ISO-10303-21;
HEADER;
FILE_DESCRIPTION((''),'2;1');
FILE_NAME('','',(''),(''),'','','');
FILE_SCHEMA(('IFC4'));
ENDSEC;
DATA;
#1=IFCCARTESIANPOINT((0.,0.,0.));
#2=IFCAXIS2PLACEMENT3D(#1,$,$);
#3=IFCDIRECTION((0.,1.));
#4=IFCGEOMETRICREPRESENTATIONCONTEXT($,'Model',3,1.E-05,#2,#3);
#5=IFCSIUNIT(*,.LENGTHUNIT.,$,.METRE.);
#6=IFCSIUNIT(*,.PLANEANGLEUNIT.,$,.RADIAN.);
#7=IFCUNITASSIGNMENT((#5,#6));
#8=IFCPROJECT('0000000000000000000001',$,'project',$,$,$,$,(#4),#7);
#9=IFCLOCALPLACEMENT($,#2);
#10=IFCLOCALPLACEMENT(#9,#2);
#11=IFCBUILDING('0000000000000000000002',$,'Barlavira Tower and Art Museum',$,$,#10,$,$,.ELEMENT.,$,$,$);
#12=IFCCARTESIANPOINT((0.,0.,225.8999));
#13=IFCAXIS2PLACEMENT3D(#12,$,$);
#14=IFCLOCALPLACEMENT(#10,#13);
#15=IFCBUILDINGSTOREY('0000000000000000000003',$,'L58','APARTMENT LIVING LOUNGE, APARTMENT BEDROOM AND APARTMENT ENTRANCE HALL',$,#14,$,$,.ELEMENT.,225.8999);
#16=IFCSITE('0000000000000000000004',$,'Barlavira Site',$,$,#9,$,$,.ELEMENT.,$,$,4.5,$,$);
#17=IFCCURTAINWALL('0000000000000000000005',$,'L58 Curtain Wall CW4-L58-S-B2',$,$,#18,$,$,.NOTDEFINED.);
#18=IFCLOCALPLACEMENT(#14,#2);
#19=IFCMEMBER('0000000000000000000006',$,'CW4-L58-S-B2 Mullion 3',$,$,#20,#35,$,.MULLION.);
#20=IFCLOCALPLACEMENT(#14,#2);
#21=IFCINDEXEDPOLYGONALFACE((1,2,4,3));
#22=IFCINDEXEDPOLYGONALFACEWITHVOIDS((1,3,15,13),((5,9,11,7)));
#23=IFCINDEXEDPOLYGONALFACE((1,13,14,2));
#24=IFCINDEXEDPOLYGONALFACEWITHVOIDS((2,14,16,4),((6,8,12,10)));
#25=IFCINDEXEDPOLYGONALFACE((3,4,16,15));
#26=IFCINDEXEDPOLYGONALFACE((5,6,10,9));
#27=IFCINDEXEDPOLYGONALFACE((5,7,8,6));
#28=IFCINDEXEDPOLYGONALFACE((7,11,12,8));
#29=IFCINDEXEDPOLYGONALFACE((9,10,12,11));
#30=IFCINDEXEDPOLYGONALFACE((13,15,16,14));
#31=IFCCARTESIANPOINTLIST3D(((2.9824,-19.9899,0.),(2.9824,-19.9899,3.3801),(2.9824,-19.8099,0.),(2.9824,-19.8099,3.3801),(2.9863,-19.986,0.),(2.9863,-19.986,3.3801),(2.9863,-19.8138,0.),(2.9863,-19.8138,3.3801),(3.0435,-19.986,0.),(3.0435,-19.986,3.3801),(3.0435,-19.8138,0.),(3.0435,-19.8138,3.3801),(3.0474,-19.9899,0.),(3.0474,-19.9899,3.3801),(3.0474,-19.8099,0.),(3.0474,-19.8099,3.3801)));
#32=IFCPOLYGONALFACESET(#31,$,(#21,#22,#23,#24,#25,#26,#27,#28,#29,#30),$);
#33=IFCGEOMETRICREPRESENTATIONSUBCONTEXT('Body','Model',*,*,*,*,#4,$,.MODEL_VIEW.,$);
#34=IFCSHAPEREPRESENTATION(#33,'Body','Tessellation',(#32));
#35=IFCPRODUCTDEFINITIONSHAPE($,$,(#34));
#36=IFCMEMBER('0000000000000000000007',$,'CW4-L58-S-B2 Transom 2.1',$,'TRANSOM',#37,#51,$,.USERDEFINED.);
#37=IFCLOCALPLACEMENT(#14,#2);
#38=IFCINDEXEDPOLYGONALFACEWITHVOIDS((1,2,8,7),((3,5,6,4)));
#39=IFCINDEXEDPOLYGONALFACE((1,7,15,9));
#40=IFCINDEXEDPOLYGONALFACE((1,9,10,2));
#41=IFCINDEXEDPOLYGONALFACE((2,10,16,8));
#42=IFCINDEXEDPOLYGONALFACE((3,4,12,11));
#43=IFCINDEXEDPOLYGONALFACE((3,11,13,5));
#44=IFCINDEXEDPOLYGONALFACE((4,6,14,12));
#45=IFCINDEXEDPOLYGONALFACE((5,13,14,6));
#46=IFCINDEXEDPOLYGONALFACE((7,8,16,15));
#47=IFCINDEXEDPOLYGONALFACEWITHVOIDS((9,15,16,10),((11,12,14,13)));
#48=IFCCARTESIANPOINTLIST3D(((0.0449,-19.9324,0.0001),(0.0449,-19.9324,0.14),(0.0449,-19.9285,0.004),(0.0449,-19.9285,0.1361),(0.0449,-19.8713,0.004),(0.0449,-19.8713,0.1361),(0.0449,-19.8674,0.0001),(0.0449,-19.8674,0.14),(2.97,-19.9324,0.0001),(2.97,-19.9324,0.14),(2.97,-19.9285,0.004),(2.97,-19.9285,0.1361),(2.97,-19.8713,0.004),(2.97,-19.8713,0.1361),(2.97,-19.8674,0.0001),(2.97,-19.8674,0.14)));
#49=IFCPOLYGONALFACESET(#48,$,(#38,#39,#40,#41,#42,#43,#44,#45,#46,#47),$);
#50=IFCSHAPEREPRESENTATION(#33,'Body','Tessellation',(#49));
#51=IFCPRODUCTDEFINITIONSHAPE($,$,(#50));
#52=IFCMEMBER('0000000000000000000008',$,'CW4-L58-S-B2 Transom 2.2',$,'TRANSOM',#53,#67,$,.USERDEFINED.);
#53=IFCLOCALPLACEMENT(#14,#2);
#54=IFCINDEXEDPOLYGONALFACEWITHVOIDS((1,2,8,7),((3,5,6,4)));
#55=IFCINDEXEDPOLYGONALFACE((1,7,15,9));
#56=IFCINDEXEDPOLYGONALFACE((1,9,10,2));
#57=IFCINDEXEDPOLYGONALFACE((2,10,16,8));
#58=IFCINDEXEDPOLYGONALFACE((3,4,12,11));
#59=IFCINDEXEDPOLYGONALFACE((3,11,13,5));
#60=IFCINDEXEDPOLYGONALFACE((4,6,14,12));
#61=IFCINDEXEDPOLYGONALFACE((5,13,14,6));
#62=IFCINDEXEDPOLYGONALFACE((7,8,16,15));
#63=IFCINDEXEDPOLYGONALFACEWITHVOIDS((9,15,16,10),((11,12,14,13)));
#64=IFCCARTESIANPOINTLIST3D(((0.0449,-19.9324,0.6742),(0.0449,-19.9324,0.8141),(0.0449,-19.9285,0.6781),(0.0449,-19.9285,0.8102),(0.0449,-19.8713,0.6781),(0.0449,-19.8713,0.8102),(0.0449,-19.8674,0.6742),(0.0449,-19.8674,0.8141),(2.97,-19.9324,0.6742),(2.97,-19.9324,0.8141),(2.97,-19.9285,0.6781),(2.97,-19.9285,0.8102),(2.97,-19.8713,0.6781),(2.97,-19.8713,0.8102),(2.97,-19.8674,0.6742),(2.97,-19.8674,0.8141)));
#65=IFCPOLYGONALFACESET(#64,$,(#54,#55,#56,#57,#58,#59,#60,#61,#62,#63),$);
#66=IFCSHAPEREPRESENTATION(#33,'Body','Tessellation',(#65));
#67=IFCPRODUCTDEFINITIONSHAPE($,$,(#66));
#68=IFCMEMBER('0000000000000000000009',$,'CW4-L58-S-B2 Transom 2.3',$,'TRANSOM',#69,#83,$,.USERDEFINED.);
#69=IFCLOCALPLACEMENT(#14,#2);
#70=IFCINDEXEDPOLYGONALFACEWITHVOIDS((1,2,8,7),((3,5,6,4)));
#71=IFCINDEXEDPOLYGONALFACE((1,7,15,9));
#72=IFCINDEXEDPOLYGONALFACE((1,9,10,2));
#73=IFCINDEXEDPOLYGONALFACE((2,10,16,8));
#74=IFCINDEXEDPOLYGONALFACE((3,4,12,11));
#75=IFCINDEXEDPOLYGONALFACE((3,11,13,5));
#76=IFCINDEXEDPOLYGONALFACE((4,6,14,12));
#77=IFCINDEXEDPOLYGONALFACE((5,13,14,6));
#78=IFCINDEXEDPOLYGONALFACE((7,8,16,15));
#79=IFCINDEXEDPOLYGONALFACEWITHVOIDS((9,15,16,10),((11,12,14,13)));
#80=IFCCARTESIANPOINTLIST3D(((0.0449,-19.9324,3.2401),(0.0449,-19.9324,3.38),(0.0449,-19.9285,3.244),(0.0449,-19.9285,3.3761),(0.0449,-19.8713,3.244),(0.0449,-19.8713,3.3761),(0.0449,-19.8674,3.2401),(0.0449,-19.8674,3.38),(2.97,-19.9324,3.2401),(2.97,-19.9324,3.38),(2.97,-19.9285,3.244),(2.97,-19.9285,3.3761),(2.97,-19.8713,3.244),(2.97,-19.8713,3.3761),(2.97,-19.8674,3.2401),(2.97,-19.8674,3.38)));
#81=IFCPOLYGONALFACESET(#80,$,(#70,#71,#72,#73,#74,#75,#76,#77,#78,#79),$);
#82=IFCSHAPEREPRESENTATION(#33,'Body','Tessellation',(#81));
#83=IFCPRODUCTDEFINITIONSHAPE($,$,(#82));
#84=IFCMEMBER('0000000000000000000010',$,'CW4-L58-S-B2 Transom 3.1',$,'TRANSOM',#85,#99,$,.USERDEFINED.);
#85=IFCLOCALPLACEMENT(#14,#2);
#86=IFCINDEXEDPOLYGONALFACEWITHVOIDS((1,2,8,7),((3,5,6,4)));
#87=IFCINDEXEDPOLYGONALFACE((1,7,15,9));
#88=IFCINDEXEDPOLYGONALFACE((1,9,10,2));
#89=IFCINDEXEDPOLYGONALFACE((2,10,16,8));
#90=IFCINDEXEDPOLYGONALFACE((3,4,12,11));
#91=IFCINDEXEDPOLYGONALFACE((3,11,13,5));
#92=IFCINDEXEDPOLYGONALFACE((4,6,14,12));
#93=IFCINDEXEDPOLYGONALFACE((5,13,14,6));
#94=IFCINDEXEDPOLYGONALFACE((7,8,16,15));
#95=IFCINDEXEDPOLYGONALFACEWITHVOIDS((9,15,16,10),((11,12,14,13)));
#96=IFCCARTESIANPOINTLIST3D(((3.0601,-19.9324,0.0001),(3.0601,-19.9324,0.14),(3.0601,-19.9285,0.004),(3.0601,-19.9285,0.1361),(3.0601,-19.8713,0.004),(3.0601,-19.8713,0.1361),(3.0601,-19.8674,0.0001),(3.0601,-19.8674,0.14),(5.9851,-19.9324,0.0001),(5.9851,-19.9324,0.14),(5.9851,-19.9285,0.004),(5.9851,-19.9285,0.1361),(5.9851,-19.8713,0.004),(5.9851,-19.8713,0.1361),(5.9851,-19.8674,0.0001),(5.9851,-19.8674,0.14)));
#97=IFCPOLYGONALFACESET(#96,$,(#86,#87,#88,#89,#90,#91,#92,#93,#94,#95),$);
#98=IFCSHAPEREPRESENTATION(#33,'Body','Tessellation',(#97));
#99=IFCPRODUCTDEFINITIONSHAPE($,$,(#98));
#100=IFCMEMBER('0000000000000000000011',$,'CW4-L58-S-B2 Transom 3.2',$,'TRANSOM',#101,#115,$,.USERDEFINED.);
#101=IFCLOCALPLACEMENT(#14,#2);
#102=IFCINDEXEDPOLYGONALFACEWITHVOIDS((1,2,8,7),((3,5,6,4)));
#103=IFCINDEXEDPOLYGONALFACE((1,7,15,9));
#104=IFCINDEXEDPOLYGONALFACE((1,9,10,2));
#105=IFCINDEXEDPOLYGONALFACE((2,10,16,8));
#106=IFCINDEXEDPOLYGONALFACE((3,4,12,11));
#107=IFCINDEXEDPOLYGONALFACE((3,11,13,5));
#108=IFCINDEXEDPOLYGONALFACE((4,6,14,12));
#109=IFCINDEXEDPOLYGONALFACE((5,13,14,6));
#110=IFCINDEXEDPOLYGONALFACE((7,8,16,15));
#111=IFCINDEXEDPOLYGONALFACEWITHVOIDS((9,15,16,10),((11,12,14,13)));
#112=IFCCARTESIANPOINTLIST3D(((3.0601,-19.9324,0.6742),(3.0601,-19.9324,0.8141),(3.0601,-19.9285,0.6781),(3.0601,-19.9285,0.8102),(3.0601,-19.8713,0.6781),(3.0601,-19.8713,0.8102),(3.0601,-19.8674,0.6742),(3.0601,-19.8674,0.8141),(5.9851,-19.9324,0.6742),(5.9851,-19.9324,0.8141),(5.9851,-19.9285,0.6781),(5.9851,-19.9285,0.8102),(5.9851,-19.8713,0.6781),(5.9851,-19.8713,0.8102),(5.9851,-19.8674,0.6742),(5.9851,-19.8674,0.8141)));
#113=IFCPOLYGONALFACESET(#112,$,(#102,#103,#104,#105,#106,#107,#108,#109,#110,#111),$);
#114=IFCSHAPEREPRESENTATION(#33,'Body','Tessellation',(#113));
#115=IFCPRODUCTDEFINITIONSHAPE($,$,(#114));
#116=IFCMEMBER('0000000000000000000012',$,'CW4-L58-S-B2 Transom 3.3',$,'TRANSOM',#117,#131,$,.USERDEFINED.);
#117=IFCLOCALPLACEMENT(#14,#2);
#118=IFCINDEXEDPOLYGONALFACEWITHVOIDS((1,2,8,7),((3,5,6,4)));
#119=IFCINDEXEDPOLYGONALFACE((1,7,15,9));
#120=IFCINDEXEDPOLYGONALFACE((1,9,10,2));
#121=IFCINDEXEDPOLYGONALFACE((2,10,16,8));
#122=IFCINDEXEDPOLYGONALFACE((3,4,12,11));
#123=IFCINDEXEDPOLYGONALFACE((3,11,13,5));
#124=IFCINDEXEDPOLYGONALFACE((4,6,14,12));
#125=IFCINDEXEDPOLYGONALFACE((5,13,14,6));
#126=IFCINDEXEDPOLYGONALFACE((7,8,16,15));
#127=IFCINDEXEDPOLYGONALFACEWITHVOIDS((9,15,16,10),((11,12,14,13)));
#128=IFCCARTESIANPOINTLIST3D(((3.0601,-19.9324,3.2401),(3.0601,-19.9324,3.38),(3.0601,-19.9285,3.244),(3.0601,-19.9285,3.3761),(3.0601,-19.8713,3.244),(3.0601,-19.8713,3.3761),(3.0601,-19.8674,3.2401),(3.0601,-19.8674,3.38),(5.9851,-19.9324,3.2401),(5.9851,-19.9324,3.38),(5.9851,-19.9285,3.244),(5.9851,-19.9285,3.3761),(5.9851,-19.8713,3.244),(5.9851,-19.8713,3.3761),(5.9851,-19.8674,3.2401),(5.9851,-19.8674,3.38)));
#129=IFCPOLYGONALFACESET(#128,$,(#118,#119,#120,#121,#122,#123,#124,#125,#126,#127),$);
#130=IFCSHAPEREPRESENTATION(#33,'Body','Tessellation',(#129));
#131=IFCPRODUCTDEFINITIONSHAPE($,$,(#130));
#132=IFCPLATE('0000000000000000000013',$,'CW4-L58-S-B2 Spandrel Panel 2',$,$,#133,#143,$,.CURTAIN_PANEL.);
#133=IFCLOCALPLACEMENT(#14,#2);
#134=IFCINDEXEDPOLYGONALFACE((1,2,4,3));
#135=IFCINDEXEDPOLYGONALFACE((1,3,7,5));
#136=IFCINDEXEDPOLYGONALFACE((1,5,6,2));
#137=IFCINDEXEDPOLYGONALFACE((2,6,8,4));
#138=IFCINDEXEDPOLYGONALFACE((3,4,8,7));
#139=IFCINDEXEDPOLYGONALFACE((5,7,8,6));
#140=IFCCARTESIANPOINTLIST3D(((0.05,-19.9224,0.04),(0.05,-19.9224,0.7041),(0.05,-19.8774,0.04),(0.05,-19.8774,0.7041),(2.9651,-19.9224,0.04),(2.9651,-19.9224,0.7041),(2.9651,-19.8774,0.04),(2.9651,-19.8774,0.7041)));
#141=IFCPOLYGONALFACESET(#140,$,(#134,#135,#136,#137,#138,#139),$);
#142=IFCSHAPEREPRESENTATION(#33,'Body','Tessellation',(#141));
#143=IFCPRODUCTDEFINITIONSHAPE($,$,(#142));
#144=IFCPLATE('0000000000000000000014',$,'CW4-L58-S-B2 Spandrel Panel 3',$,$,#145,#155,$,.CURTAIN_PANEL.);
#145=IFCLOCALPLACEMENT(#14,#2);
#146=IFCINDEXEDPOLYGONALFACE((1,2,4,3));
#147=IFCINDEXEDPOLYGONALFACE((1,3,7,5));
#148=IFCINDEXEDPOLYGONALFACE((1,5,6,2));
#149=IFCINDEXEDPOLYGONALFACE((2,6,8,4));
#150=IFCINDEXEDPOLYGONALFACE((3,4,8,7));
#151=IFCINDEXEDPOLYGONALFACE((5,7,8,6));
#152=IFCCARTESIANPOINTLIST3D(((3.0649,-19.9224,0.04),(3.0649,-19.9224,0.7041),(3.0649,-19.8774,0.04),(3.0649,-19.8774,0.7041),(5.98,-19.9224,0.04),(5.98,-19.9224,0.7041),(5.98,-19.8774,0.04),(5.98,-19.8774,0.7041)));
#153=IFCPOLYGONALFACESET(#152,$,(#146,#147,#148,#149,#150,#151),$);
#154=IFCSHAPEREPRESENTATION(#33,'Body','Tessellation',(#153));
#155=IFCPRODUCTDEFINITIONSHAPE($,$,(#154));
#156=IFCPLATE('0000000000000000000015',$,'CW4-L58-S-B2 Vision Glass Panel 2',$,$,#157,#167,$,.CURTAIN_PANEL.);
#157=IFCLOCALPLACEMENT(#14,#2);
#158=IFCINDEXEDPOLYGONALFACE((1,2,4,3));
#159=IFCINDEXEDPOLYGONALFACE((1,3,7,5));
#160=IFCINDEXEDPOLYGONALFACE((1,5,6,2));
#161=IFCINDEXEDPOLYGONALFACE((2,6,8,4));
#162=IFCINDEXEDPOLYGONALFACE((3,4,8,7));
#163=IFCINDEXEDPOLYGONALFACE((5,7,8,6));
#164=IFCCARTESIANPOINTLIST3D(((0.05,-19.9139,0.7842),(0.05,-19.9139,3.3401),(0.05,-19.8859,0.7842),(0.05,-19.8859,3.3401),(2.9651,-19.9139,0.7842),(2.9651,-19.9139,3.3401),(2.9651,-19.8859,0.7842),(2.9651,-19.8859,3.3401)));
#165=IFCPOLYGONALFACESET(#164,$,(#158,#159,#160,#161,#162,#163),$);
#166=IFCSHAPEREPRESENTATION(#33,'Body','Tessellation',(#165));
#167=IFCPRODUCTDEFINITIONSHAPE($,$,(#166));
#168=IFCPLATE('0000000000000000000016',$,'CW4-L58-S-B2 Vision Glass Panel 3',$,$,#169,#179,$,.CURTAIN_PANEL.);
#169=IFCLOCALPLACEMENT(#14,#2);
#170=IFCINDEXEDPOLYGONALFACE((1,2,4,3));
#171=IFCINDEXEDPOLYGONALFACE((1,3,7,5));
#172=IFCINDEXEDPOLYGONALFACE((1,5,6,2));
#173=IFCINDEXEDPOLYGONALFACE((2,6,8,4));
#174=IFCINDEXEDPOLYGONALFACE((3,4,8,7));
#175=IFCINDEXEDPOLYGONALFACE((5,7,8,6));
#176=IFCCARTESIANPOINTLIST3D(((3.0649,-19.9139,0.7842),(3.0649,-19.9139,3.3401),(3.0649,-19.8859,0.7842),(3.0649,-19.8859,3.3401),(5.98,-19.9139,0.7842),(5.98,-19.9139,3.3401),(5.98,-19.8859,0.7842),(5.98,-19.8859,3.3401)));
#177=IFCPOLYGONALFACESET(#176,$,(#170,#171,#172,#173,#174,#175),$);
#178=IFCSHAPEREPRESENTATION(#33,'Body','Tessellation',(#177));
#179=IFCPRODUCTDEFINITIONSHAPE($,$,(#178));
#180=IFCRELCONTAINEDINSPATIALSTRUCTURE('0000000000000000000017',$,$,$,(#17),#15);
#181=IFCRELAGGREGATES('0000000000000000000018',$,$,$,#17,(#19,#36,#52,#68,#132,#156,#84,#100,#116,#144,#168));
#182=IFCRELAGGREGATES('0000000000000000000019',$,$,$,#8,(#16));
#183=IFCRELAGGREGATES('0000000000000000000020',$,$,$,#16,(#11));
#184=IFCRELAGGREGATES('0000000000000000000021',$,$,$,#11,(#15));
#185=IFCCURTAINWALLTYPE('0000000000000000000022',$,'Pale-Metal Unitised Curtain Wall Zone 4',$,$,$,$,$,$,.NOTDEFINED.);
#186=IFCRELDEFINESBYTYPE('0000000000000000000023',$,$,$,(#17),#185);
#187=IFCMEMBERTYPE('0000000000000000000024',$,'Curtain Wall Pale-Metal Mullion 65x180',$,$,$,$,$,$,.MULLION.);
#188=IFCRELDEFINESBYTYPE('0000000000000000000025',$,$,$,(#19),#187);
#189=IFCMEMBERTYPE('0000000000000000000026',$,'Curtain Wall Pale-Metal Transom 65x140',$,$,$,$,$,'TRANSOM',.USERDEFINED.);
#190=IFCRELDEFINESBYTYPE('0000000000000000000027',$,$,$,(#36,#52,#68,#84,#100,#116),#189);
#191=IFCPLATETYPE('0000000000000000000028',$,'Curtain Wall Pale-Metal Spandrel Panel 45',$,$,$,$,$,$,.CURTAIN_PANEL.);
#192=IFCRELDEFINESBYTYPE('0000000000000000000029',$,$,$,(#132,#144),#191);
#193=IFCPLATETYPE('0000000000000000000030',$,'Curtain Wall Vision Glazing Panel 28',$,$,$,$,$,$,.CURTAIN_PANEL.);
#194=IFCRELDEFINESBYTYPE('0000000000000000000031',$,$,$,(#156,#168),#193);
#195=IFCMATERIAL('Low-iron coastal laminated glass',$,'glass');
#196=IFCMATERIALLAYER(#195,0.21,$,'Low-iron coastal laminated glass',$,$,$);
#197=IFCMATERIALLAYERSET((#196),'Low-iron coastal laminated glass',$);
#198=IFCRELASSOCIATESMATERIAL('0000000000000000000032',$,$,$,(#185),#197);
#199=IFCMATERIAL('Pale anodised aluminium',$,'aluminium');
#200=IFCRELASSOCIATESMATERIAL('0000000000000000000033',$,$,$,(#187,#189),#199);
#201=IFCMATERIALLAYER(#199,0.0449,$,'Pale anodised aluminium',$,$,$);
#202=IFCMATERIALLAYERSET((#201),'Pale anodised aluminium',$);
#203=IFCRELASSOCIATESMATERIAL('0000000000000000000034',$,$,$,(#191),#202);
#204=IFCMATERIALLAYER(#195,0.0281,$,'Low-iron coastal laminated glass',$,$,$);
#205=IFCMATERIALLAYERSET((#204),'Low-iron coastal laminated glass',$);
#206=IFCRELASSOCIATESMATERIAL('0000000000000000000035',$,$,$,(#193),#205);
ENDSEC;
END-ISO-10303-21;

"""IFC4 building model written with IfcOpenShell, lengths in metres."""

from ifc_helpers import new_model, si_unit, direction, frame, origin, origin_2d, place, context, subcontext, project, spatial, rectangle, hollow_rectangle, extrude, material, layer, layer_set, material_profile, profile_set, type_object, element, aggregate, save


model = new_model("IFC4")

# Units and contexts
model_context = context("Model", 3, precision=1e-05, world=origin(), true_north=direction((0.0, 1.0)))
body_context = subcontext(model_context, "Body", "Model", "MODEL_VIEW")
ifc_project = project(units=[si_unit("LENGTHUNIT", "METRE"), si_unit("PLANEANGLEUNIT", "RADIAN")], contexts=[model_context])

# Site, building, storey
site_placement = place(None, origin())
site = spatial("IfcSite", under=ifc_project, at=site_placement, Name="Barlavira Site", CompositionType="ELEMENT", RefElevation=4.5)
building_placement = place(site_placement, origin())
building = spatial("IfcBuilding", under=site, at=building_placement, Name="Barlavira Tower and Art Museum", CompositionType="ELEMENT")
storey_placement = place(building_placement, frame((0.0, 0.0, 225.8999)))
storey = spatial("IfcBuildingStorey", under=building, at=storey_placement, Name="L58", Description="APARTMENT LIVING LOUNGE, APARTMENT BEDROOM AND APARTMENT ENTRANCE HALL", CompositionType="ELEMENT", Elevation=225.8999)

# Curtain wall, members, plates
ifc_material_1 = material(Name="Low-iron coastal laminated glass", Category="glass")
ifc_layer_1 = layer(ifc_material_1, 0.21, Name="Low-iron coastal laminated glass")
ifc_layer_set_1 = layer_set([ifc_layer_1], Name="Low-iron coastal laminated glass")
curtain_wall_type = type_object("IfcCurtainWallType", Name="Pale-Metal Unitised Curtain Wall Zone 4", PredefinedType="NOTDEFINED", material=ifc_layer_set_1)
curtain_wall_placement = place(storey_placement, origin())
curtain_wall = element("IfcCurtainWall", 1, at=curtain_wall_placement, inside=storey, type_object=curtain_wall_type, Name="L58 Curtain Wall CW4-L58-S-B2", PredefinedType="NOTDEFINED")
ifc_material_2 = material(Name="Pale anodised aluminium", Category="aluminium")
ifc_material_profile_1 = material_profile(ifc_material_2, hollow_rectangle(XDim=0.0649, YDim=0.1799, WallThickness=0.0039, at=origin_2d()), Name="ALU-MULL 65x180x4")
ifc_profile_set_1 = profile_set([ifc_material_profile_1], Name="Pale anodised aluminium")
member_type_1 = type_object("IfcMemberType", Name="Curtain Wall Pale-Metal Mullion 65x180", PredefinedType="MULLION", material=ifc_profile_set_1)
member_1_placement = place(storey_placement, frame((3.0149, -19.8999, 0.0), z_axis=(0.0, 0.0, 1.0), x_axis=(1.0, 0.0, 0.0)))
member_1 = element("IfcMember", 2, at=member_1_placement, type_object=member_type_1, Name="CW4-L58-S-B2 Mullion 3", PredefinedType="MULLION", context=body_context, shape_type="SweptSolid", body=[
    extrude(hollow_rectangle(XDim=0.0649, YDim=0.1799, WallThickness=0.0039, at=origin_2d()), origin(), (0.0, 0.0, 1.0), 3.3801),
])
ifc_material_profile_2 = material_profile(ifc_material_2, hollow_rectangle(XDim=0.0649, YDim=0.1399, WallThickness=0.0039, at=origin_2d()), Name="ALU-TRAN 65x140x4")
ifc_profile_set_2 = profile_set([ifc_material_profile_2], Name="Pale anodised aluminium")
member_type_2 = type_object("IfcMemberType", Name="Curtain Wall Pale-Metal Transom 65x140", ElementType="TRANSOM", PredefinedType="USERDEFINED", material=ifc_profile_set_2)
member_2_placement = place(storey_placement, frame((0.0449, -19.8999, 0.0701), z_axis=(1.0, 0.0, 0.0), x_axis=(0.0, 1.0, 0.0)))
member_2 = element("IfcMember", 3, at=member_2_placement, type_object=member_type_2, Name="CW4-L58-S-B2 Transom 2.1", ObjectType="TRANSOM", PredefinedType="USERDEFINED", context=body_context, shape_type="SweptSolid", body=[
    extrude(hollow_rectangle(XDim=0.0649, YDim=0.1399, WallThickness=0.0039, at=origin_2d()), origin(), (0.0, 0.0, 1.0), 2.925),
])
member_3_placement = place(storey_placement, frame((0.0449, -19.8999, 0.7441), z_axis=(1.0, 0.0, 0.0), x_axis=(0.0, 1.0, 0.0)))
member_3 = element("IfcMember", 4, at=member_3_placement, type_object=member_type_2, Name="CW4-L58-S-B2 Transom 2.2", ObjectType="TRANSOM", PredefinedType="USERDEFINED", context=body_context, shape_type="SweptSolid", body=[
    extrude(hollow_rectangle(XDim=0.0649, YDim=0.1399, WallThickness=0.0039, at=origin_2d()), origin(), (0.0, 0.0, 1.0), 2.925),
])
member_4_placement = place(storey_placement, frame((0.0449, -19.8999, 3.3101), z_axis=(1.0, 0.0, 0.0), x_axis=(0.0, 1.0, 0.0)))
member_4 = element("IfcMember", 5, at=member_4_placement, type_object=member_type_2, Name="CW4-L58-S-B2 Transom 2.3", ObjectType="TRANSOM", PredefinedType="USERDEFINED", context=body_context, shape_type="SweptSolid", body=[
    extrude(hollow_rectangle(XDim=0.0649, YDim=0.1399, WallThickness=0.0039, at=origin_2d()), origin(), (0.0, 0.0, 1.0), 2.925),
])
member_5_placement = place(storey_placement, frame((3.0601, -19.8999, 0.0701), z_axis=(1.0, 0.0, 0.0), x_axis=(0.0, 1.0, 0.0)))
member_5 = element("IfcMember", 6, at=member_5_placement, type_object=member_type_2, Name="CW4-L58-S-B2 Transom 3.1", ObjectType="TRANSOM", PredefinedType="USERDEFINED", context=body_context, shape_type="SweptSolid", body=[
    extrude(hollow_rectangle(XDim=0.0649, YDim=0.1399, WallThickness=0.0039, at=origin_2d()), origin(), (0.0, 0.0, 1.0), 2.925),
])
member_6_placement = place(storey_placement, frame((3.0601, -19.8999, 0.7441), z_axis=(1.0, 0.0, 0.0), x_axis=(0.0, 1.0, 0.0)))
member_6 = element("IfcMember", 7, at=member_6_placement, type_object=member_type_2, Name="CW4-L58-S-B2 Transom 3.2", ObjectType="TRANSOM", PredefinedType="USERDEFINED", context=body_context, shape_type="SweptSolid", body=[
    extrude(hollow_rectangle(XDim=0.0649, YDim=0.1399, WallThickness=0.0039, at=origin_2d()), origin(), (0.0, 0.0, 1.0), 2.925),
])
member_7_placement = place(storey_placement, frame((3.0601, -19.8999, 3.3101), z_axis=(1.0, 0.0, 0.0), x_axis=(0.0, 1.0, 0.0)))
member_7 = element("IfcMember", 8, at=member_7_placement, type_object=member_type_2, Name="CW4-L58-S-B2 Transom 3.3", ObjectType="TRANSOM", PredefinedType="USERDEFINED", context=body_context, shape_type="SweptSolid", body=[
    extrude(hollow_rectangle(XDim=0.0649, YDim=0.1399, WallThickness=0.0039, at=origin_2d()), origin(), (0.0, 0.0, 1.0), 2.925),
])
ifc_layer_2 = layer(ifc_material_2, 0.0449, Name="Pale anodised aluminium")
ifc_layer_set_2 = layer_set([ifc_layer_2], Name="Pale anodised aluminium")
plate_type_1 = type_object("IfcPlateType", Name="Curtain Wall Pale-Metal Spandrel Panel 45", PredefinedType="CURTAIN_PANEL", material=ifc_layer_set_2)
plate_1_placement = place(storey_placement, frame((1.5076, -19.8999, 0.04), z_axis=(0.0, 0.0, 1.0), x_axis=(1.0, 0.0, 0.0)))
plate_1 = element("IfcPlate", 9, at=plate_1_placement, type_object=plate_type_1, Name="CW4-L58-S-B2 Spandrel Panel 2", PredefinedType="CURTAIN_PANEL", context=body_context, shape_type="SweptSolid", body=[
    extrude(rectangle(XDim=2.915, YDim=0.0449, at=origin_2d()), origin(), (0.0, 0.0, 1.0), 0.6641),
])
plate_2_placement = place(storey_placement, frame((4.5225, -19.8999, 0.04), z_axis=(0.0, 0.0, 1.0), x_axis=(1.0, 0.0, 0.0)))
plate_2 = element("IfcPlate", 10, at=plate_2_placement, type_object=plate_type_1, Name="CW4-L58-S-B2 Spandrel Panel 3", PredefinedType="CURTAIN_PANEL", context=body_context, shape_type="SweptSolid", body=[
    extrude(rectangle(XDim=2.915, YDim=0.0449, at=origin_2d()), origin(), (0.0, 0.0, 1.0), 0.6641),
])
ifc_layer_3 = layer(ifc_material_1, 0.0281, Name="Low-iron coastal laminated glass")
ifc_layer_set_3 = layer_set([ifc_layer_3], Name="Low-iron coastal laminated glass")
plate_type_2 = type_object("IfcPlateType", Name="Curtain Wall Vision Glazing Panel 28", PredefinedType="CURTAIN_PANEL", material=ifc_layer_set_3)
plate_3_placement = place(storey_placement, frame((1.5076, -19.8999, 0.7842), z_axis=(0.0, 0.0, 1.0), x_axis=(1.0, 0.0, 0.0)))
plate_3 = element("IfcPlate", 11, at=plate_3_placement, type_object=plate_type_2, Name="CW4-L58-S-B2 Vision Glass Panel 2", PredefinedType="CURTAIN_PANEL", context=body_context, shape_type="SweptSolid", body=[
    extrude(rectangle(XDim=2.915, YDim=0.0281, at=origin_2d()), origin(), (0.0, 0.0, 1.0), 2.5559),
])
plate_4_placement = place(storey_placement, frame((4.5225, -19.8999, 0.7842), z_axis=(0.0, 0.0, 1.0), x_axis=(1.0, 0.0, 0.0)))
plate_4 = element("IfcPlate", 12, at=plate_4_placement, type_object=plate_type_2, Name="CW4-L58-S-B2 Vision Glass Panel 3", PredefinedType="CURTAIN_PANEL", context=body_context, shape_type="SweptSolid", body=[
    extrude(rectangle(XDim=2.915, YDim=0.0281, at=origin_2d()), origin(), (0.0, 0.0, 1.0), 2.5559),
])
aggregate(curtain_wall, [member_1, member_2, member_3, member_4, plate_1, plate_3, member_5, member_6, member_7, plate_2, plate_4])

save(model, "model.ifc")
